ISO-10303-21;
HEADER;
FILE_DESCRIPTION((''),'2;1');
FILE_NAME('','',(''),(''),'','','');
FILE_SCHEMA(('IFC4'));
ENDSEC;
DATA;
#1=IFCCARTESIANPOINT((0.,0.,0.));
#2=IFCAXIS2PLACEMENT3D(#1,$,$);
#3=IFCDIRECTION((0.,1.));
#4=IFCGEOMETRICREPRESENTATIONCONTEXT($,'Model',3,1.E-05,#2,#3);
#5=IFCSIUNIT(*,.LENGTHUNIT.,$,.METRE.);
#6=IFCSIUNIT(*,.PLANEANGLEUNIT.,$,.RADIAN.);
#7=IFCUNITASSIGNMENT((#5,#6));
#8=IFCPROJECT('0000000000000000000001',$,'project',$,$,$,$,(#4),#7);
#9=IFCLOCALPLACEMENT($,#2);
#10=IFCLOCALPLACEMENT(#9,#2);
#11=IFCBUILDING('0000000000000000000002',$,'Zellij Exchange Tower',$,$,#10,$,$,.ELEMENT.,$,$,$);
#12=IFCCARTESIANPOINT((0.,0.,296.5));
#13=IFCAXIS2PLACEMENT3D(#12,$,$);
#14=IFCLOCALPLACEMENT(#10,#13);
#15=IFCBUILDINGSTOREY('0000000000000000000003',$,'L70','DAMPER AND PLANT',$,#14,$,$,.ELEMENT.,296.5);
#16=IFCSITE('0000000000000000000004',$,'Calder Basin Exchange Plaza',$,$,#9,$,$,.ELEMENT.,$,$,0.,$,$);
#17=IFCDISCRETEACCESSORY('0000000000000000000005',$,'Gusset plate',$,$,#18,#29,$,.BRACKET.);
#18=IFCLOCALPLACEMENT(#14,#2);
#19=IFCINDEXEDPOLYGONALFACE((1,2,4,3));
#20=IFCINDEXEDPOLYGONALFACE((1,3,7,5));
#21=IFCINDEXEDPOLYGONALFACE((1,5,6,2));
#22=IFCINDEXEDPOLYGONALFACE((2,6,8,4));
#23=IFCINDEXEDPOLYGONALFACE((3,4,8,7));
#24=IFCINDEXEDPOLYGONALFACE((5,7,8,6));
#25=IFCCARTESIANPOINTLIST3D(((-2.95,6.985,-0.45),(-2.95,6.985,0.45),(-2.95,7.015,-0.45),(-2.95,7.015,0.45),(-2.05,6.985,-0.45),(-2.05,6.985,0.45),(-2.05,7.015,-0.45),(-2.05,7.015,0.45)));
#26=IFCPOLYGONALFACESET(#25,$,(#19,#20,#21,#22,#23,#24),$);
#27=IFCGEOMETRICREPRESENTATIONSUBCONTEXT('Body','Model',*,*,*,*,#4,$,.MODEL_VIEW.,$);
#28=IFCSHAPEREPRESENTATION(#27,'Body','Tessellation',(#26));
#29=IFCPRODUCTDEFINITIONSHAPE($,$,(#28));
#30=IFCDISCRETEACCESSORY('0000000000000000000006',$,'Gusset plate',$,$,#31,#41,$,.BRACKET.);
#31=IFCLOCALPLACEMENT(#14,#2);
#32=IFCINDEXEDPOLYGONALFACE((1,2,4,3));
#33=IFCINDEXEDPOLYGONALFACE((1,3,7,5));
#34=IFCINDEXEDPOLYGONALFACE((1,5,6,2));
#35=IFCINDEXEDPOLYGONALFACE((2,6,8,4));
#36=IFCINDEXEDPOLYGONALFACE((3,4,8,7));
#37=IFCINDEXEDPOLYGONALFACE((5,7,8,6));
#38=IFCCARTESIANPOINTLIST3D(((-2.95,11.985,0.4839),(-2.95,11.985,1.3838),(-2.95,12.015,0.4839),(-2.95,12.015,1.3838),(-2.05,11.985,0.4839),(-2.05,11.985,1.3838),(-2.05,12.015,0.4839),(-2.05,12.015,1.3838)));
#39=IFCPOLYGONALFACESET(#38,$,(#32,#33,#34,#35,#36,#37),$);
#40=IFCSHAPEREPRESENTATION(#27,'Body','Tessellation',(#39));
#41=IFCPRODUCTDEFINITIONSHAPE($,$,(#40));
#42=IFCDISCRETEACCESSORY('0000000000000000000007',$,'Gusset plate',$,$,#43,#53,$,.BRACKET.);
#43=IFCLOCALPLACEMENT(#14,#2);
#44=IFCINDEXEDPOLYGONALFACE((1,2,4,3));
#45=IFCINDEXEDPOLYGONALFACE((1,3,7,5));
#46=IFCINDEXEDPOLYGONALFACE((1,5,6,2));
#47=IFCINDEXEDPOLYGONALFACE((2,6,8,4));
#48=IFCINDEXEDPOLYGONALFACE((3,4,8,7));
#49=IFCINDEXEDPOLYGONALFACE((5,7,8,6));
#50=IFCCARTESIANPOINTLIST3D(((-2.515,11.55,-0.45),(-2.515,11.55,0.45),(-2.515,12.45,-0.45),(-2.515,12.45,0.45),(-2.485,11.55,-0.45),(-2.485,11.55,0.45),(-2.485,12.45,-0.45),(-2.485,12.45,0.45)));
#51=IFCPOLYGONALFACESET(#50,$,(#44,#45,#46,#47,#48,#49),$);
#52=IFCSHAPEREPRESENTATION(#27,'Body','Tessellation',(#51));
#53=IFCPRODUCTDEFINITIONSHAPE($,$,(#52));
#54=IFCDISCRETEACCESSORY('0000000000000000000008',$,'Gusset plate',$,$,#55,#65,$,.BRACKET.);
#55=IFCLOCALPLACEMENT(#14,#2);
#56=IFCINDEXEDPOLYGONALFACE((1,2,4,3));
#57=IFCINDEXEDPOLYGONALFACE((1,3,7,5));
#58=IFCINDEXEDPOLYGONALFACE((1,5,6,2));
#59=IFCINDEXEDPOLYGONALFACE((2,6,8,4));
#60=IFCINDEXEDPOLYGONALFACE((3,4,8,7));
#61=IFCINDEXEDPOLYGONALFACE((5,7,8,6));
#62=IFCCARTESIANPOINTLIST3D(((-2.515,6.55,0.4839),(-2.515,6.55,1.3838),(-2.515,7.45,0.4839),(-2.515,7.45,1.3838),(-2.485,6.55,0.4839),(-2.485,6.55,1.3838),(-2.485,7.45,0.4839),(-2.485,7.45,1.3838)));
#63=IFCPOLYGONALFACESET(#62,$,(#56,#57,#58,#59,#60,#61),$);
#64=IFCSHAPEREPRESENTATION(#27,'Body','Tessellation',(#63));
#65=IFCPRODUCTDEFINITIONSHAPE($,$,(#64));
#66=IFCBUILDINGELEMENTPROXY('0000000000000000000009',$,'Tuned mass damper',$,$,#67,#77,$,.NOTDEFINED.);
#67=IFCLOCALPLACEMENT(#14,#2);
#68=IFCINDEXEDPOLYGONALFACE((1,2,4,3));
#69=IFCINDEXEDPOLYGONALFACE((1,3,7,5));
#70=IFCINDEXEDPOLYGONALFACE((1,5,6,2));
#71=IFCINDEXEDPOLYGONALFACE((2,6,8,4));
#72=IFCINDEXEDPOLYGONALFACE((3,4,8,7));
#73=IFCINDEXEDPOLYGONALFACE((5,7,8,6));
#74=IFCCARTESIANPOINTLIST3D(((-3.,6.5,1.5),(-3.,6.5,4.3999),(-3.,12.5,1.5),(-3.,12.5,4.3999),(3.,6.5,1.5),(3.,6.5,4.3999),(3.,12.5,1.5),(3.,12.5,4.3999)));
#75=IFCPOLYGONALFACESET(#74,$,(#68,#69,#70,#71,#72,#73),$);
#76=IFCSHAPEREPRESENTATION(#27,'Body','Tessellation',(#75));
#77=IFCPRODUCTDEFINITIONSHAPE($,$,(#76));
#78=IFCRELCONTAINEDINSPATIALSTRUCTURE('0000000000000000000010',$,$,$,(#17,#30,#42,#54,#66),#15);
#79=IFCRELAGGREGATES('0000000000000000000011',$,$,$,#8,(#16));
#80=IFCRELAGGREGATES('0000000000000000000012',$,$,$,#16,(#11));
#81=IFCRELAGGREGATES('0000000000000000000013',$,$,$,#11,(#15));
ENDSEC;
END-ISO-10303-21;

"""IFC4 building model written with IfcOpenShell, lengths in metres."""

from ifc_helpers import new_model, si_unit, direction, frame, origin, origin_2d, place, context, subcontext, project, spatial, rectangle, extrude, element, save


model = new_model("IFC4")

# Units and contexts
model_context = context("Model", 3, precision=1e-05, world=origin(), true_north=direction((0.0, 1.0)))
body_context = subcontext(model_context, "Body", "Model", "MODEL_VIEW")
ifc_project = project(units=[si_unit("LENGTHUNIT", "METRE"), si_unit("PLANEANGLEUNIT", "RADIAN")], contexts=[model_context])

# Site, building, storey
site_placement = place(None, origin())
site = spatial("IfcSite", under=ifc_project, at=site_placement, Name="Calder Basin Exchange Plaza", CompositionType="ELEMENT", RefElevation=0.0)
building_placement = place(site_placement, origin())
building = spatial("IfcBuilding", under=site, at=building_placement, Name="Zellij Exchange Tower", CompositionType="ELEMENT")
storey_placement = place(building_placement, frame((0.0, 0.0, 296.5)))
storey = spatial("IfcBuildingStorey", under=building, at=storey_placement, Name="L70", Description="DAMPER AND PLANT", CompositionType="ELEMENT", Elevation=296.5)

# Discrete accessories
for number, where, z_axis, x_axis, name in (
    (1, (-2.5, 7.0, -0.45), (0.0, 0.0, 1.0), (1.0, 0.0, 0.0), "Gusset plate"),
    (2, (-2.5, 12.0, 0.4839), (0.0, 0.0, 1.0), (-1.0, 0.0, 0.0), "Gusset plate"),
    (3, (-2.5, 12.0, -0.45), (0.0, 0.0, 1.0), (0.0, -1.0, 0.0), "Gusset plate"),
    (4, (-2.5, 7.0, 0.4839), (0.0, 0.0, 1.0), (0.0, -1.0, 0.0), "Gusset plate"),
):
    element("IfcDiscreteAccessory", number, at=place(storey_placement, frame(where, z_axis=z_axis, x_axis=x_axis)), inside=storey, Name=name, PredefinedType="BRACKET", context=body_context, shape_type="SweptSolid", body=[
        extrude(rectangle(XDim=0.8999, YDim=0.03, at=origin_2d()), origin(), (0.0, 0.0, 1.0), 0.8999),
    ])

# Building element proxy
proxy_placement = place(storey_placement, frame((0.0, 9.5, 1.5), z_axis=(0.0, 0.0, 1.0), x_axis=(1.0, 0.0, 0.0)))
element("IfcBuildingElementProxy", 5, at=proxy_placement, inside=storey, Name="Tuned mass damper", PredefinedType="NOTDEFINED", context=body_context, shape_type="SweptSolid", body=[
    extrude(rectangle(XDim=6.0, YDim=6.0, at=origin_2d()), origin(), (0.0, 0.0, 1.0), 2.8999),
])

save(model, "model.ifc")
